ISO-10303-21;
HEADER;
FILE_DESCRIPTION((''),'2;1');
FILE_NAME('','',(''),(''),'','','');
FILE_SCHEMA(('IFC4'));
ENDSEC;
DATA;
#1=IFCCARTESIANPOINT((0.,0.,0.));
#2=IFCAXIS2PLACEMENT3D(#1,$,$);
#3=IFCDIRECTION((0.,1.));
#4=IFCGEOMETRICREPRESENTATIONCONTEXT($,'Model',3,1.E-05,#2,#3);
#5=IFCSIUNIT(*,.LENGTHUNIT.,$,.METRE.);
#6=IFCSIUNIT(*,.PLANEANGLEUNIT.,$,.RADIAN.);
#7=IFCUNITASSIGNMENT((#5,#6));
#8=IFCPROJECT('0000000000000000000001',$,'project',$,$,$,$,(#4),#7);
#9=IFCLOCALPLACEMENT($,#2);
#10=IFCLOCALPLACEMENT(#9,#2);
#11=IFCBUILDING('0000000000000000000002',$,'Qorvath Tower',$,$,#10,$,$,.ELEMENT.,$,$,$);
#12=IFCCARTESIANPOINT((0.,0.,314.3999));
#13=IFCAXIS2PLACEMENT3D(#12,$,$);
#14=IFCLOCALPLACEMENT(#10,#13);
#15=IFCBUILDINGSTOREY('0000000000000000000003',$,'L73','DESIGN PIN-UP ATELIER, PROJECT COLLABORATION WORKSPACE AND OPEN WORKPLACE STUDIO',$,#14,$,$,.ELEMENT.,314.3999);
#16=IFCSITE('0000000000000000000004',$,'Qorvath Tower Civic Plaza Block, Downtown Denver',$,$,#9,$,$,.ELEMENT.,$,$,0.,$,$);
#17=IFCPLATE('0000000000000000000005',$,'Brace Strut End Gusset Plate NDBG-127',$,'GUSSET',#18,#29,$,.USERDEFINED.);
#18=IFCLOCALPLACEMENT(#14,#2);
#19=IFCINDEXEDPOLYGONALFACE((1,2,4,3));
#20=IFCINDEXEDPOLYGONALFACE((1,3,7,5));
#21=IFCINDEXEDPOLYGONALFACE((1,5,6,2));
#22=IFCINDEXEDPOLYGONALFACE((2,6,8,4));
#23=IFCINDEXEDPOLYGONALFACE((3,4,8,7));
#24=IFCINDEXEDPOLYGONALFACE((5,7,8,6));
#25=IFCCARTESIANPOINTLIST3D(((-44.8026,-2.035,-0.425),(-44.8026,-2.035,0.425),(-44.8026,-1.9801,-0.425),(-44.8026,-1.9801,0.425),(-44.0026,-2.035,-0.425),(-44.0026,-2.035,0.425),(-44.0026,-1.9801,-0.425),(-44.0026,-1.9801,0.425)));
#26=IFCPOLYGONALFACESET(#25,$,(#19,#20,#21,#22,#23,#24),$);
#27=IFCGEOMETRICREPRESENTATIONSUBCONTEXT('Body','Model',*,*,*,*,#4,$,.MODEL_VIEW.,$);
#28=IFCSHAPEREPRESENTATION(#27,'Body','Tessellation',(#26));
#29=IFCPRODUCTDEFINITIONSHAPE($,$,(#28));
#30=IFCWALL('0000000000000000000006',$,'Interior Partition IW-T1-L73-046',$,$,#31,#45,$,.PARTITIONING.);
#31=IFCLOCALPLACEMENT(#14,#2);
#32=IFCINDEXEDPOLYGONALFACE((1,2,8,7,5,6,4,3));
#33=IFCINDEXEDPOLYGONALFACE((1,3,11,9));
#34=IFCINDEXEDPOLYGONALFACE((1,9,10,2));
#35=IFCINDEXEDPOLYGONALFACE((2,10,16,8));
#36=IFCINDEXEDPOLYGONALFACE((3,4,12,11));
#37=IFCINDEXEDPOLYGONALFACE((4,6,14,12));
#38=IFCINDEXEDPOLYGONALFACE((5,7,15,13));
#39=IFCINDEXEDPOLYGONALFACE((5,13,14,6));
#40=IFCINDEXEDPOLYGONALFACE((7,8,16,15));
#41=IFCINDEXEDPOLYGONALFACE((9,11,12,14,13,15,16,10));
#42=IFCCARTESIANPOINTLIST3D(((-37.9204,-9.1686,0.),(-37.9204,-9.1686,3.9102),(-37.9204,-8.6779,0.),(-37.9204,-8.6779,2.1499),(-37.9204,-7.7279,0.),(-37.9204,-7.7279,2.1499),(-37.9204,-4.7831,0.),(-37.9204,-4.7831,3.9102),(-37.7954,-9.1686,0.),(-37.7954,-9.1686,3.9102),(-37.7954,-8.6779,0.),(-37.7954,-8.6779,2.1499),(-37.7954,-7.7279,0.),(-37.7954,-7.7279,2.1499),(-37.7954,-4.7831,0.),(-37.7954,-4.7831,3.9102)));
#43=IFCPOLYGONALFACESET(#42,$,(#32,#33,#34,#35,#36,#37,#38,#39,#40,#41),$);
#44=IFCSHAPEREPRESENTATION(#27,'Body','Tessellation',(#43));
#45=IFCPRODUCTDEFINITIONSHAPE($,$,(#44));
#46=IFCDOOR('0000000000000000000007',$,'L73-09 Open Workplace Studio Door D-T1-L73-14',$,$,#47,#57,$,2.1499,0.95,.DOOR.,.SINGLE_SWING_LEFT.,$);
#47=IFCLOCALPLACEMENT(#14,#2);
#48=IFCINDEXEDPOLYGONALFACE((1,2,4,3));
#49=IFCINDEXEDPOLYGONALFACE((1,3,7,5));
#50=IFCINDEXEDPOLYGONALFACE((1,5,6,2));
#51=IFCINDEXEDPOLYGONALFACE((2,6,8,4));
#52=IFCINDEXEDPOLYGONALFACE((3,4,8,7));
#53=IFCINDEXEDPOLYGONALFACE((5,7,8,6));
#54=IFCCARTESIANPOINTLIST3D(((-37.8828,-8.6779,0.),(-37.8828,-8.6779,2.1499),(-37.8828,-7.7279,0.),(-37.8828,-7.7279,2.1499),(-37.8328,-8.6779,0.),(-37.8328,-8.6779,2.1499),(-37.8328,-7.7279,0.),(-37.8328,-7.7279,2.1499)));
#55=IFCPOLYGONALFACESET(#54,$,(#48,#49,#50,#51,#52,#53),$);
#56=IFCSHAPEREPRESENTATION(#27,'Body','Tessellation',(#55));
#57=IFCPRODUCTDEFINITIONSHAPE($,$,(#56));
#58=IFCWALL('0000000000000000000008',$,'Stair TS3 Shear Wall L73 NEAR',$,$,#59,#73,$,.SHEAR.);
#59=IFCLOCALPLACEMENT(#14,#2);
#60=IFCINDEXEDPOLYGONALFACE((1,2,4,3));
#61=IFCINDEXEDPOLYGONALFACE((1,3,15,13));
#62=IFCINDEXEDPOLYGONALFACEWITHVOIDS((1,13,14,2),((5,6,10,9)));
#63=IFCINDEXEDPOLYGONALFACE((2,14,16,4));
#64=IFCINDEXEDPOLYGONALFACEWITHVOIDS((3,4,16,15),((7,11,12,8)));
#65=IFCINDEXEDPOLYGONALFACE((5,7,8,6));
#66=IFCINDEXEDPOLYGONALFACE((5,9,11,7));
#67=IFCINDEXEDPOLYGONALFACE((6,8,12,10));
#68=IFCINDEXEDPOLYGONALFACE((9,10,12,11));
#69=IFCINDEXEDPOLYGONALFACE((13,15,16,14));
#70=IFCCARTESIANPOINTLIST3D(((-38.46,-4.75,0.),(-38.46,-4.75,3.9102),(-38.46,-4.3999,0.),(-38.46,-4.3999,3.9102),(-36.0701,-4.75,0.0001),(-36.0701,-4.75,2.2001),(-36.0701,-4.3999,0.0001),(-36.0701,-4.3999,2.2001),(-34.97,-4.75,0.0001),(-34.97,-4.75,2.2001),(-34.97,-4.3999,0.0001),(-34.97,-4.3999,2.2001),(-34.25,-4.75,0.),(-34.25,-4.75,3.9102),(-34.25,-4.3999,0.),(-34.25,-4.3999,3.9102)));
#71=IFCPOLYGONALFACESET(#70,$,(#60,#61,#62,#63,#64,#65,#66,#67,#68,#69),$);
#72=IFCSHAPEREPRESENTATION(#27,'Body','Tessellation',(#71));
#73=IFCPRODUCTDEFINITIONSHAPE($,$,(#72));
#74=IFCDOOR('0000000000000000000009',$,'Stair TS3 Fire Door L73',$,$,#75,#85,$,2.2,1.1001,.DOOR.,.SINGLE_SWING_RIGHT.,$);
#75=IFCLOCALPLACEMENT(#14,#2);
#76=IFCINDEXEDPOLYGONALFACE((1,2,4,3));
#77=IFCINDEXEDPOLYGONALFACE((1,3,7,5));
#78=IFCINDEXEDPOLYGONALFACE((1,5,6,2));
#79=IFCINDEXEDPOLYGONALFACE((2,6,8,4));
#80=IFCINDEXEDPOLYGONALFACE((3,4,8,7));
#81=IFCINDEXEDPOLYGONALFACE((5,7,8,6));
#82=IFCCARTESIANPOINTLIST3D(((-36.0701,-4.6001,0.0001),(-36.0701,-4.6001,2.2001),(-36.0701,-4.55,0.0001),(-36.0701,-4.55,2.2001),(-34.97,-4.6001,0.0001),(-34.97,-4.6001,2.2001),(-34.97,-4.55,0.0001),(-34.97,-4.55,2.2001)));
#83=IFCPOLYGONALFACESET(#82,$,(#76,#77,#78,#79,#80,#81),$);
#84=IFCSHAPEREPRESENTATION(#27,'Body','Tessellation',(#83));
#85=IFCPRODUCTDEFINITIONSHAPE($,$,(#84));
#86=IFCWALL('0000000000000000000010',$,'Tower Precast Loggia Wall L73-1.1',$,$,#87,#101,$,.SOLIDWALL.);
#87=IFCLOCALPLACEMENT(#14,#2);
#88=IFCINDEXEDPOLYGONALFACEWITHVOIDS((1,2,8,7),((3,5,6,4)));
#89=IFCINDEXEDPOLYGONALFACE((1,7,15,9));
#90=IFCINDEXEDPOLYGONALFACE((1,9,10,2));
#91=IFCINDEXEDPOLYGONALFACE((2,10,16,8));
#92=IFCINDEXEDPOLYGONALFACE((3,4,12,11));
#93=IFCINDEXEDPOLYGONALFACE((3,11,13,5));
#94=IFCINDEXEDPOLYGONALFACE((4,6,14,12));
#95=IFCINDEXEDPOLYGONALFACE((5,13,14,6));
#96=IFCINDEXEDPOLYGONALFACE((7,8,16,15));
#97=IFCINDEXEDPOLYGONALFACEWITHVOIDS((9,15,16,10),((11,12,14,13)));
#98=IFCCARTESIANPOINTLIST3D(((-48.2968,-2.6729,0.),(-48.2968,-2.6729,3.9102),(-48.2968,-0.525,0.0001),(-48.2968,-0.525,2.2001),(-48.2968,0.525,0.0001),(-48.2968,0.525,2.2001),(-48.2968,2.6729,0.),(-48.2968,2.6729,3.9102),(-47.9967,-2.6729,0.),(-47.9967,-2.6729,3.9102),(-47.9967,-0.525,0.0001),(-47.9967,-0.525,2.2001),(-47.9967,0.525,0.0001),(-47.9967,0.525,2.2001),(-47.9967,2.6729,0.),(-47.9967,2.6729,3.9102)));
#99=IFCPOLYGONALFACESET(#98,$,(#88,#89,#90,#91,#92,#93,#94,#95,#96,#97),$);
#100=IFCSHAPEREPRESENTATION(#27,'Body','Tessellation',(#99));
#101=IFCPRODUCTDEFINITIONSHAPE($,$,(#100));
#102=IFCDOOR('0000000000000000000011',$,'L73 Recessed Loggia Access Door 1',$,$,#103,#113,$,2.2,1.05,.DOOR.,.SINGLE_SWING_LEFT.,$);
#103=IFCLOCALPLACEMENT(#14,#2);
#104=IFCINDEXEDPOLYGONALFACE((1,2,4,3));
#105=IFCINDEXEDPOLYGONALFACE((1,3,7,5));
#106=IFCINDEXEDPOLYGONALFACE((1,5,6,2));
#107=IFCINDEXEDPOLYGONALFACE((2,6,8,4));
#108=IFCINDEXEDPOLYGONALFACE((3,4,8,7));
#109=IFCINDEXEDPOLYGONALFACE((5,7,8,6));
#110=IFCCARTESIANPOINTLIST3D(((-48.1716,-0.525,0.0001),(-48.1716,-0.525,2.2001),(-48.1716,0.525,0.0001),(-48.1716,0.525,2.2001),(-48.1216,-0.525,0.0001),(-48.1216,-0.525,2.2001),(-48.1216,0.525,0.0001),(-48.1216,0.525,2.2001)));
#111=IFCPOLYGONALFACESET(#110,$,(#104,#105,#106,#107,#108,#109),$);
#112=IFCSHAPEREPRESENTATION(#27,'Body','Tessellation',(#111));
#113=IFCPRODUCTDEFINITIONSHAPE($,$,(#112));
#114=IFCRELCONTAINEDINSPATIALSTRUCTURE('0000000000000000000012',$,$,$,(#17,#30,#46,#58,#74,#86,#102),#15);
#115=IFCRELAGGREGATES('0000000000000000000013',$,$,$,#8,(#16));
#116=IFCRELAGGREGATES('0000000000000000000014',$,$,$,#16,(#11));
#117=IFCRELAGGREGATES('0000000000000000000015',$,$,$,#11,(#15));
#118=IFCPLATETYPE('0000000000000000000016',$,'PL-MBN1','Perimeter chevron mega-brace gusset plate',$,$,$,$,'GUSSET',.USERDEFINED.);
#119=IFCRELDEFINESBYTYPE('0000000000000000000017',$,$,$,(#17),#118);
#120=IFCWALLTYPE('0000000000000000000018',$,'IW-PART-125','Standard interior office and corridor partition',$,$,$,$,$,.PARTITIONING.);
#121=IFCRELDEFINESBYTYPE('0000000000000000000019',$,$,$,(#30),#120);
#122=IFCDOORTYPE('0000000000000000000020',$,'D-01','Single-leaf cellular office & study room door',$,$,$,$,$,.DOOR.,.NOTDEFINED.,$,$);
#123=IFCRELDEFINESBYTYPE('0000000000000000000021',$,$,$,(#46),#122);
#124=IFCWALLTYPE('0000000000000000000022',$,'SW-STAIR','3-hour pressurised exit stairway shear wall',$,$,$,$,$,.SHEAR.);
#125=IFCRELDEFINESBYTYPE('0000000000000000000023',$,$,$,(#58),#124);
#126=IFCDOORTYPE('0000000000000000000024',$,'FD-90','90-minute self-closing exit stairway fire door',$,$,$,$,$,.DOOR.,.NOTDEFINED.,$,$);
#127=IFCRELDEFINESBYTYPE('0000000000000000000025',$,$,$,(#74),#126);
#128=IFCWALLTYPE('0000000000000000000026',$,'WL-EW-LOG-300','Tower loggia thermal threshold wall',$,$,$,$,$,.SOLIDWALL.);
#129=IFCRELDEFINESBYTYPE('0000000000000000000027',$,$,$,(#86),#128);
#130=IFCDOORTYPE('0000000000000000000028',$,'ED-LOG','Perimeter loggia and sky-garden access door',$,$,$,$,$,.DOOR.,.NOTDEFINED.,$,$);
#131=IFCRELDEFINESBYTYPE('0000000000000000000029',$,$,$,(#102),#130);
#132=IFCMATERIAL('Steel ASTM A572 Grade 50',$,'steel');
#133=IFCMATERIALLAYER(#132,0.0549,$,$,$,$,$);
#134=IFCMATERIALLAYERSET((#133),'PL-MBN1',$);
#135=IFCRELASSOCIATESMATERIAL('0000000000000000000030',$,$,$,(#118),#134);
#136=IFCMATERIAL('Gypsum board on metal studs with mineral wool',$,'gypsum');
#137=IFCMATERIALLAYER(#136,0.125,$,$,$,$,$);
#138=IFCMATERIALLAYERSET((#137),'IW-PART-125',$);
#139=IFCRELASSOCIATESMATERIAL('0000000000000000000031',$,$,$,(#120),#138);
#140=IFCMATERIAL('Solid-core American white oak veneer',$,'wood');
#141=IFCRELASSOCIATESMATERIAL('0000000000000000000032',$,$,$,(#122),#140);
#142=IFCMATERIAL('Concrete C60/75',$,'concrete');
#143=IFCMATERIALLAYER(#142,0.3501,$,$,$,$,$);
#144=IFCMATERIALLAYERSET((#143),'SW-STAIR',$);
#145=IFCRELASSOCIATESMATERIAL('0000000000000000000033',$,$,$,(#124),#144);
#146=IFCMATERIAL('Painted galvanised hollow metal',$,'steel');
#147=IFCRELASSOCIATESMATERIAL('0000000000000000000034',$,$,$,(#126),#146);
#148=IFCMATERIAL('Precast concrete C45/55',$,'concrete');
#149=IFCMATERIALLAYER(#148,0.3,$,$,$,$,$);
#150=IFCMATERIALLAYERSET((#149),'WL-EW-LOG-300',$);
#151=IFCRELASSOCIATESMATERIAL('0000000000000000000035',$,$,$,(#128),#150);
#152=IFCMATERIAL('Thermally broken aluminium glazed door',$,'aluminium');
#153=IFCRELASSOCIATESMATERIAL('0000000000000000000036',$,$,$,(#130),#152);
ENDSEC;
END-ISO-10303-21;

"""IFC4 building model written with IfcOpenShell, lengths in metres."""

from ifc_helpers import new_model, si_unit, direction, frame, frame_2d, origin, origin_2d, place, context, subcontext, project, spatial, rectangle, extrude, material, layer, layer_set, type_object, element, fill, save


model = new_model("IFC4")

# Units and contexts
model_context = context("Model", 3, precision=1e-05, world=origin(), true_north=direction((0.0, 1.0)))
body_context = subcontext(model_context, "Body", "Model", "MODEL_VIEW")
ifc_project = project(units=[si_unit("LENGTHUNIT", "METRE"), si_unit("PLANEANGLEUNIT", "RADIAN")], contexts=[model_context])

# Site, building, storey
site_placement = place(None, origin())
site = spatial("IfcSite", under=ifc_project, at=site_placement, Name="Qorvath Tower Civic Plaza Block, Downtown Denver", CompositionType="ELEMENT", RefElevation=0.0)
building_placement = place(site_placement, origin())
building = spatial("IfcBuilding", under=site, at=building_placement, Name="Qorvath Tower", CompositionType="ELEMENT")
storey_placement = place(building_placement, frame((0.0, 0.0, 314.3999)))
storey = spatial("IfcBuildingStorey", under=building, at=storey_placement, Name="L73", Description="DESIGN PIN-UP ATELIER, PROJECT COLLABORATION WORKSPACE AND OPEN WORKPLACE STUDIO", CompositionType="ELEMENT", Elevation=314.3999)

# Plate
ifc_material_1 = material(Name="Steel ASTM A572 Grade 50", Category="steel")
ifc_layer_1 = layer(ifc_material_1, 0.0549)
ifc_layer_set_1 = layer_set([ifc_layer_1], Name="PL-MBN1")
plate_type_1 = type_object("IfcPlateType", Name="PL-MBN1", Description="Perimeter chevron mega-brace gusset plate", ElementType="GUSSET", PredefinedType="USERDEFINED", material=ifc_layer_set_1)
plate_1_placement = place(storey_placement, frame((-44.4026, -2.0076, -0.425), z_axis=(0.0, 0.0, 1.0), x_axis=(1.0, 0.0, 0.0)))
element("IfcPlate", 1, at=plate_1_placement, inside=storey, type_object=plate_type_1, Name="Brace Strut End Gusset Plate NDBG-127", ObjectType="GUSSET", PredefinedType="USERDEFINED", context=body_context, shape_type="SweptSolid", body=[
    extrude(rectangle(XDim=0.8, YDim=0.0549, at=origin_2d()), origin(), (0.0, 0.0, 1.0), 0.8501),
])

# Walls, openings, doors
ifc_material_2 = material(Name="Gypsum board on metal studs with mineral wool", Category="gypsum")
ifc_layer_2 = layer(ifc_material_2, 0.125)
ifc_layer_set_2 = layer_set([ifc_layer_2], Name="IW-PART-125")
wall_type_1 = type_object("IfcWallType", Name="IW-PART-125", Description="Standard interior office and corridor partition", PredefinedType="PARTITIONING", material=ifc_layer_set_2)
wall_1_placement = place(storey_placement, frame((-37.8579, -9.1687, 0.0), z_axis=(0.0, 0.0, 1.0), x_axis=(0.0, 1.0, 0.0)))
wall_1 = element("IfcWall", 2, at=wall_1_placement, inside=storey, type_object=wall_type_1, Name="Interior Partition IW-T1-L73-046", PredefinedType="PARTITIONING", context=body_context, shape_type="SweptSolid", body=[
    extrude(rectangle(XDim=4.3855, YDim=0.125, at=frame_2d((2.1929, 0.0))), origin(), (0.0, 0.0, 1.0), 3.9102),
])
opening_1_placement = place(wall_1_placement, frame((0.4907, 0.0, 0.0)))
opening_1 = element("IfcOpeningElement", 3, at=opening_1_placement, cuts=wall_1, PredefinedType="OPENING", context=body_context, shape_type="SweptSolid", body=[
    extrude(rectangle(XDim=0.95, YDim=2.1499, at=frame_2d((0.4751, 1.075))), frame((0.0, 0.0725, 0.0), z_axis=(0.0, -1.0, 0.0), x_axis=(1.0, 0.0, 0.0)), (0.0, 0.0, 1.0), 0.145),
])
ifc_material_3 = material(Name="Solid-core American white oak veneer", Category="wood")
door_type_1 = type_object("IfcDoorType", Name="D-01", Description="Single-leaf cellular office & study room door", OperationType="NOTDEFINED", PredefinedType="DOOR", material=ifc_material_3)
door_1_placement = place(opening_1_placement, origin())
door_1 = element("IfcDoor", 4, at=door_1_placement, inside=storey, type_object=door_type_1, Name="L73-09 Open Workplace Studio Door D-T1-L73-14", OperationType="SINGLE_SWING_LEFT", OverallHeight=2.1499, OverallWidth=0.95, PredefinedType="DOOR", context=body_context, shape_type="SweptSolid", body=[
    extrude(rectangle(XDim=0.95, YDim=2.1499, at=frame_2d((0.4751, 1.075))), frame((0.0, 0.0249, 0.0), z_axis=(0.0, -1.0, 0.0), x_axis=(1.0, 0.0, 0.0)), (0.0, 0.0, 1.0), 0.05),
])
fill(opening_1, door_1)
ifc_material_4 = material(Name="Concrete C60/75", Category="concrete")
ifc_layer_3 = layer(ifc_material_4, 0.3501)
ifc_layer_set_3 = layer_set([ifc_layer_3], Name="SW-STAIR")
wall_type_2 = type_object("IfcWallType", Name="SW-STAIR", Description="3-hour pressurised exit stairway shear wall", PredefinedType="SHEAR", material=ifc_layer_set_3)
wall_2_placement = place(storey_placement, frame((-38.46, -4.575, 0.0), z_axis=(0.0, 0.0, 1.0), x_axis=(1.0, 0.0, 0.0)))
wall_2 = element("IfcWall", 5, at=wall_2_placement, inside=storey, type_object=wall_type_2, Name="Stair TS3 Shear Wall L73 NEAR", PredefinedType="SHEAR", context=body_context, shape_type="SweptSolid", body=[
    extrude(rectangle(XDim=4.21, YDim=0.3501, at=frame_2d((2.105, 0.0))), origin(), (0.0, 0.0, 1.0), 3.9102),
])
opening_2_placement = place(wall_2_placement, frame((2.3899, 0.0, 0.0)))
opening_2 = element("IfcOpeningElement", 6, at=opening_2_placement, cuts=wall_2, PredefinedType="OPENING", context=body_context, shape_type="SweptSolid", body=[
    extrude(rectangle(XDim=1.1001, YDim=2.2, at=frame_2d((0.55, 1.1001))), frame((0.0, 0.1851, 0.0), z_axis=(0.0, -1.0, 0.0), x_axis=(1.0, 0.0, 0.0)), (0.0, 0.0, 1.0), 0.3701),
])
ifc_material_5 = material(Name="Painted galvanised hollow metal", Category="steel")
door_type_2 = type_object("IfcDoorType", Name="FD-90", Description="90-minute self-closing exit stairway fire door", OperationType="NOTDEFINED", PredefinedType="DOOR", material=ifc_material_5)
door_2_placement = place(opening_2_placement, origin())
door_2 = element("IfcDoor", 7, at=door_2_placement, inside=storey, type_object=door_type_2, Name="Stair TS3 Fire Door L73", OperationType="SINGLE_SWING_RIGHT", OverallHeight=2.2, OverallWidth=1.1001, PredefinedType="DOOR", context=body_context, shape_type="SweptSolid", body=[
    extrude(rectangle(XDim=1.1001, YDim=2.2, at=frame_2d((0.55, 1.1001))), frame((0.0, 0.0249, 0.0), z_axis=(0.0, -1.0, 0.0), x_axis=(1.0, 0.0, 0.0)), (0.0, 0.0, 1.0), 0.05),
])
fill(opening_2, door_2)
ifc_material_6 = material(Name="Precast concrete C45/55", Category="concrete")
ifc_layer_4 = layer(ifc_material_6, 0.3)
ifc_layer_set_4 = layer_set([ifc_layer_4], Name="WL-EW-LOG-300")
wall_type_3 = type_object("IfcWallType", Name="WL-EW-LOG-300", Description="Tower loggia thermal threshold wall", PredefinedType="SOLIDWALL", material=ifc_layer_set_4)
wall_3_placement = place(storey_placement, frame((-48.1467, -2.6729, 0.0), z_axis=(0.0, 0.0, 1.0), x_axis=(0.0, 1.0, 0.0)))
wall_3 = element("IfcWall", 8, at=wall_3_placement, inside=storey, type_object=wall_type_3, Name="Tower Precast Loggia Wall L73-1.1", PredefinedType="SOLIDWALL", context=body_context, shape_type="SweptSolid", body=[
    extrude(rectangle(XDim=5.3457, YDim=0.3, at=frame_2d((2.6729, 0.0))), origin(), (0.0, 0.0, 1.0), 3.9102),
])
opening_3_placement = place(wall_3_placement, frame((2.1479, 0.0, 0.0)))
opening_3 = element("IfcOpeningElement", 9, at=opening_3_placement, cuts=wall_3, PredefinedType="OPENING", context=body_context, shape_type="SweptSolid", body=[
    extrude(rectangle(XDim=1.05, YDim=2.2, at=frame_2d((0.5249, 1.1001))), frame((0.0, 0.1602, 0.0), z_axis=(0.0, -1.0, 0.0), x_axis=(1.0, 0.0, 0.0)), (0.0, 0.0, 1.0), 0.3201),
])
ifc_material_7 = material(Name="Thermally broken aluminium glazed door", Category="aluminium")
door_type_3 = type_object("IfcDoorType", Name="ED-LOG", Description="Perimeter loggia and sky-garden access door", OperationType="NOTDEFINED", PredefinedType="DOOR", material=ifc_material_7)
door_3_placement = place(opening_3_placement, origin())
door_3 = element("IfcDoor", 10, at=door_3_placement, inside=storey, type_object=door_type_3, Name="L73 Recessed Loggia Access Door 1", OperationType="SINGLE_SWING_LEFT", OverallHeight=2.2, OverallWidth=1.05, PredefinedType="DOOR", context=body_context, shape_type="SweptSolid", body=[
    extrude(rectangle(XDim=1.05, YDim=2.2, at=frame_2d((0.5249, 1.1001))), frame((0.0, 0.0249, 0.0), z_axis=(0.0, -1.0, 0.0), x_axis=(1.0, 0.0, 0.0)), (0.0, 0.0, 1.0), 0.05),
])
fill(opening_3, door_3)

save(model, "model.ifc")
